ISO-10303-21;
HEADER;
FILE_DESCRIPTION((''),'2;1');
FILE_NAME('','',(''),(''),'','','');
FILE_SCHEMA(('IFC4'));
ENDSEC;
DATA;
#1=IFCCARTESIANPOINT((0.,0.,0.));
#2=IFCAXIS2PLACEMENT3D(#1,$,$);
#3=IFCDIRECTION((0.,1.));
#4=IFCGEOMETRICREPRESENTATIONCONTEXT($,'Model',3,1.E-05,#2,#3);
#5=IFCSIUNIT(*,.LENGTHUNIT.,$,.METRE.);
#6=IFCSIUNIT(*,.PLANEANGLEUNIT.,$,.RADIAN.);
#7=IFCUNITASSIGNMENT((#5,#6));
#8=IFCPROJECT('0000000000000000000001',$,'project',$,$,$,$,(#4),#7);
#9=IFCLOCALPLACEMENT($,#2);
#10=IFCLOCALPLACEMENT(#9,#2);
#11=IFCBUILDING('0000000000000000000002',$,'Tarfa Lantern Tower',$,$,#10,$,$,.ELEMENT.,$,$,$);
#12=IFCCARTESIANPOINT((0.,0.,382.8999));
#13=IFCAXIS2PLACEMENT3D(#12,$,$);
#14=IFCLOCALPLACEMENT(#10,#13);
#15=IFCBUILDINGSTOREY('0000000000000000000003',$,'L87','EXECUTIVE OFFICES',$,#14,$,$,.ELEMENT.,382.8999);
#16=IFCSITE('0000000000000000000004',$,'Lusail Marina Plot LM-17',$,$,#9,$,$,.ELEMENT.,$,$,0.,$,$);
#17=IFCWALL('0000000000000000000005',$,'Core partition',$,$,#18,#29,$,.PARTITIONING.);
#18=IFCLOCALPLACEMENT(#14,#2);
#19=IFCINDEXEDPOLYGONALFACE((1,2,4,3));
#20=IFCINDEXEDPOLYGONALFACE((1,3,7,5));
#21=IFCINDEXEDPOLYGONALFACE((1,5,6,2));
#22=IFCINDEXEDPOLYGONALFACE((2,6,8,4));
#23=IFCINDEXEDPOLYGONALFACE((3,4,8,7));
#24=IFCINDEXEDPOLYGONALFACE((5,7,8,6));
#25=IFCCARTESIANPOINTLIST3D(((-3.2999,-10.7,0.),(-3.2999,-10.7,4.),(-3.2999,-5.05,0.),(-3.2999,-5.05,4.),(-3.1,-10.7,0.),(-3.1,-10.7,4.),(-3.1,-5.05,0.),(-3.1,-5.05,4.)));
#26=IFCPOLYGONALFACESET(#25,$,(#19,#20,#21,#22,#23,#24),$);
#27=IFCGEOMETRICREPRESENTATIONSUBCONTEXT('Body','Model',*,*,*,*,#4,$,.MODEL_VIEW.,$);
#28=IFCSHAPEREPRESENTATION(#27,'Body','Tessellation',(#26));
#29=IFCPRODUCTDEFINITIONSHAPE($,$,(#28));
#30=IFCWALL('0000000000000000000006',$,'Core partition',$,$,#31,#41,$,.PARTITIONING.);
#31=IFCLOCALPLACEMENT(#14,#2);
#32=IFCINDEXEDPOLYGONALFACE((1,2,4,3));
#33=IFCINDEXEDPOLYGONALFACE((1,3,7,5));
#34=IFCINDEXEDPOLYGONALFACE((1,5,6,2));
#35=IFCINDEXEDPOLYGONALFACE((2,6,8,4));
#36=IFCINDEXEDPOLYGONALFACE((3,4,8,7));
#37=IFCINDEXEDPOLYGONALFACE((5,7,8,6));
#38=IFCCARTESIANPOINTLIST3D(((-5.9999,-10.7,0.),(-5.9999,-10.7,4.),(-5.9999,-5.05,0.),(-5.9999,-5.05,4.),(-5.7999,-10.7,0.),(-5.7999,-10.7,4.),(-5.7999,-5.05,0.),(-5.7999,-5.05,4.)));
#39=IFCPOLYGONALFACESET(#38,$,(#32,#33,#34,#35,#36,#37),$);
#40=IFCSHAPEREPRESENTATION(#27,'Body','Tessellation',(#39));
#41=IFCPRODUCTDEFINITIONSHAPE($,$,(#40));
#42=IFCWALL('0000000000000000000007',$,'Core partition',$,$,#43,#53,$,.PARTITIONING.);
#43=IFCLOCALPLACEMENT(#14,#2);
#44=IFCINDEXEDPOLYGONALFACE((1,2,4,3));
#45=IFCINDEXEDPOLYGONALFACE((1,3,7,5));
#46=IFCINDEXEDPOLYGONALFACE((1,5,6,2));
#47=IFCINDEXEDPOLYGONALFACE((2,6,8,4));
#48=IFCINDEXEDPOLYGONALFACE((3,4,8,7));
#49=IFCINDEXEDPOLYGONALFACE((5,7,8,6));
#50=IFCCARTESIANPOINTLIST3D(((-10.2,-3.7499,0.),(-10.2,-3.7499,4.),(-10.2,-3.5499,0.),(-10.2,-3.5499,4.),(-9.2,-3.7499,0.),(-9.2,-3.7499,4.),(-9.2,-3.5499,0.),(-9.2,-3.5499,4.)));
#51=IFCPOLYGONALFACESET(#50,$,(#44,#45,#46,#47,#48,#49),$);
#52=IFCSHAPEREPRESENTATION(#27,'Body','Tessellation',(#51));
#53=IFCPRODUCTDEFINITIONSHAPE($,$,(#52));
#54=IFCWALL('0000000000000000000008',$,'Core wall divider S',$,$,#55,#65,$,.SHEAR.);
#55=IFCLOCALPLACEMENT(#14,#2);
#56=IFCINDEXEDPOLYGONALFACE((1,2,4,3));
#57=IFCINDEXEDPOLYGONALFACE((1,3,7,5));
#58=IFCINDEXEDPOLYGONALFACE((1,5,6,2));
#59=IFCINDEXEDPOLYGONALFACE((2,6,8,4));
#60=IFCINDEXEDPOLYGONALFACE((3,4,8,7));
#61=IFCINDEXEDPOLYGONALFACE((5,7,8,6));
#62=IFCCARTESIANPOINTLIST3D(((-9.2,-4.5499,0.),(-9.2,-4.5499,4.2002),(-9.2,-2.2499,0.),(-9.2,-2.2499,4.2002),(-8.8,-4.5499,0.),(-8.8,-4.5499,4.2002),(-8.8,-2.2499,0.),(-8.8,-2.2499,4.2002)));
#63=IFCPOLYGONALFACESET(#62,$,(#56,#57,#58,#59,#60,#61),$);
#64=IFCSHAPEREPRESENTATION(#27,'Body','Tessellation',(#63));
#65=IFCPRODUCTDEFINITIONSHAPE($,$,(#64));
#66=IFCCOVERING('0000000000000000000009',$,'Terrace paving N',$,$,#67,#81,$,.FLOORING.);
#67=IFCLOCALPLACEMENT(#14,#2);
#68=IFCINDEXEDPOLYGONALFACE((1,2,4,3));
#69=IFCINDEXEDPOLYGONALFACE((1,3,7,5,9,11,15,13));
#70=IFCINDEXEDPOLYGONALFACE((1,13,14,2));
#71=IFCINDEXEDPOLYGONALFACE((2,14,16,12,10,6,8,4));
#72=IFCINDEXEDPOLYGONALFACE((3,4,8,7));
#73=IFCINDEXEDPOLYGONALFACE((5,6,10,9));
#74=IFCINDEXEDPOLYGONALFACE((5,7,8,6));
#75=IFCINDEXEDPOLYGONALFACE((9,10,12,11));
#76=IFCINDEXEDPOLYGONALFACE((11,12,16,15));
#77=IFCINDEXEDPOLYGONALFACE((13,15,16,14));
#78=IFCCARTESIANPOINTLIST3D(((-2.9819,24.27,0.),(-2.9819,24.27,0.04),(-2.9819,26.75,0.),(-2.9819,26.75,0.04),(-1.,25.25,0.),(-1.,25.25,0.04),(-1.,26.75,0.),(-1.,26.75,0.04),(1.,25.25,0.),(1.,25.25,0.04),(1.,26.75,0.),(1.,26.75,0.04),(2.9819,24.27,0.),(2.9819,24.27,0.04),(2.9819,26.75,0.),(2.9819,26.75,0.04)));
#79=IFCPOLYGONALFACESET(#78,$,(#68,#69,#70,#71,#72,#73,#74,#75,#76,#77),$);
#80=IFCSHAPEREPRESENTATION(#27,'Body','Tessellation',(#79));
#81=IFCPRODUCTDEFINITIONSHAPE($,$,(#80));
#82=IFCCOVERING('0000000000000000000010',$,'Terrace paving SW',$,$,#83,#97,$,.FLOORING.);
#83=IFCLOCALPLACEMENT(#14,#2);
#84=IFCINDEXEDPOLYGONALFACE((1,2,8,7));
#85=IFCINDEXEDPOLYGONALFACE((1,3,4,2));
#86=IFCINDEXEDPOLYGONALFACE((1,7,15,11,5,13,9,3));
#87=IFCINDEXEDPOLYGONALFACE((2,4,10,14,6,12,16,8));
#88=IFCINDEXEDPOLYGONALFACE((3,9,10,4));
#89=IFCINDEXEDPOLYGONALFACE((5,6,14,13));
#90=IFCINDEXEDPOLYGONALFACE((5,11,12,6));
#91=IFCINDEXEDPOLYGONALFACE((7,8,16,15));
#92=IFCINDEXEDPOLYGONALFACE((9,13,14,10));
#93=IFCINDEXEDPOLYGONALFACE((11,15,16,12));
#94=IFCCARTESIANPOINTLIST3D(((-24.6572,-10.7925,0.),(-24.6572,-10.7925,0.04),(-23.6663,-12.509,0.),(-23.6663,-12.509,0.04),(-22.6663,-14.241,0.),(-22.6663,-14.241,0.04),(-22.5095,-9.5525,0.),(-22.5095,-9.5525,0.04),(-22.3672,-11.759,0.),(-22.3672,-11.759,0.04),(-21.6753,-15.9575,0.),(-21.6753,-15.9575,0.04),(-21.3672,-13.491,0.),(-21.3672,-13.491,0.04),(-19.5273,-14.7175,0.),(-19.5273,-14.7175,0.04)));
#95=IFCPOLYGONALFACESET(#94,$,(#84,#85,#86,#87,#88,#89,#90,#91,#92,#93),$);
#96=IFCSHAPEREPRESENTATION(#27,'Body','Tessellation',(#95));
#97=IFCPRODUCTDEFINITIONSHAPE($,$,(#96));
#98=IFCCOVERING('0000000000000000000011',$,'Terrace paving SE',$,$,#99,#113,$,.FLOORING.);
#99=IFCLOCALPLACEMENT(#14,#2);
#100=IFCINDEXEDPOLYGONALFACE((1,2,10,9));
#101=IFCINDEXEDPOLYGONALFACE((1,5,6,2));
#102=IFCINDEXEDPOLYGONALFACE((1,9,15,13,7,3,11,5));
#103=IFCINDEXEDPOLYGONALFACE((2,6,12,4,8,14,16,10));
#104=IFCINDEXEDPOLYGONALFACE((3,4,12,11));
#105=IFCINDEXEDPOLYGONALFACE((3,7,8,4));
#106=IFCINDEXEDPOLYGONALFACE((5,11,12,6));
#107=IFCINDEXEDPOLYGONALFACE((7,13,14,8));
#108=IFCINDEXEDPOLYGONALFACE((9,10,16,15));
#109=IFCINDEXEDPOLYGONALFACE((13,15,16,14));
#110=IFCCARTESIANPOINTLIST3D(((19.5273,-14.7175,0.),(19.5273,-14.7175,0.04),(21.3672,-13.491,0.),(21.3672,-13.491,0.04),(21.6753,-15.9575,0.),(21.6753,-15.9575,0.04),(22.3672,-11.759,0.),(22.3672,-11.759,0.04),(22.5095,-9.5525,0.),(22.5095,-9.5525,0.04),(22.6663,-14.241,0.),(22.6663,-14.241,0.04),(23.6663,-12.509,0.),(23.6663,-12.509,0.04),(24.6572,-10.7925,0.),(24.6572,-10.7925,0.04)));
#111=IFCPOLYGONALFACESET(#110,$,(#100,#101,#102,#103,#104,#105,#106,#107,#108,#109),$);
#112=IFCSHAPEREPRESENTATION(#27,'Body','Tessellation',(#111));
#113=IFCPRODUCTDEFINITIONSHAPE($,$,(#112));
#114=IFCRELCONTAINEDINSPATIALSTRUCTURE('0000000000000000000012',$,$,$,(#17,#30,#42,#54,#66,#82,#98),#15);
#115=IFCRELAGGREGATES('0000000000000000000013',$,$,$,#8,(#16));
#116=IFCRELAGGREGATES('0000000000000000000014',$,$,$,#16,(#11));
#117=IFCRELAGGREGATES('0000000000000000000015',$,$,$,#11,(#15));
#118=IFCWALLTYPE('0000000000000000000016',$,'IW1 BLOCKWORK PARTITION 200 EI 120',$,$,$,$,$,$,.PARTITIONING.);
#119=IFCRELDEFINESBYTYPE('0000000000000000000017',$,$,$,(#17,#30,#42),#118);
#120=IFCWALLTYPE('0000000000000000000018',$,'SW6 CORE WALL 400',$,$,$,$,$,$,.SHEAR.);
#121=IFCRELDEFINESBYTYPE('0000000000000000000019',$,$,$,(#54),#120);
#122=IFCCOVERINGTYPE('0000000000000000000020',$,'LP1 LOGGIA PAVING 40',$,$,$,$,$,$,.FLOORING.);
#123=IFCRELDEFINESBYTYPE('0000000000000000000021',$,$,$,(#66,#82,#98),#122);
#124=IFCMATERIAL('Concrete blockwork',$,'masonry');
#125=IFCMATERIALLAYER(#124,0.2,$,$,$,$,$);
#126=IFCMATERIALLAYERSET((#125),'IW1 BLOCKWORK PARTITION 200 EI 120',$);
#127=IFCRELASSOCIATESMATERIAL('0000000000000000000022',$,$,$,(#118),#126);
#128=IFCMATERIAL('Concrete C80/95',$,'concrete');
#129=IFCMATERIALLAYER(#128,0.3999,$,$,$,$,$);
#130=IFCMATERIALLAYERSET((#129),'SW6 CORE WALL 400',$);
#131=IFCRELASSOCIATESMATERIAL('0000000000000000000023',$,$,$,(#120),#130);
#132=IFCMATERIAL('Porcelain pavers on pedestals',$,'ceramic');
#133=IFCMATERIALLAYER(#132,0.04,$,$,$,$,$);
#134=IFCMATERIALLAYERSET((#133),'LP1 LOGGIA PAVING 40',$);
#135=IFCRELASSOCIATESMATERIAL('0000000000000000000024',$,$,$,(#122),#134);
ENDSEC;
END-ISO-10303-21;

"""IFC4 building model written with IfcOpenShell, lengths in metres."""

from ifc_helpers import new_model, si_unit, direction, frame, frame_2d, origin, place, context, subcontext, project, spatial, polyline, rectangle, outline, extrude, material, layer, layer_set, type_object, element, save


model = new_model("IFC4")

# Units and contexts
model_context = context("Model", 3, precision=1e-05, world=origin(), true_north=direction((0.0, 1.0)))
body_context = subcontext(model_context, "Body", "Model", "MODEL_VIEW")
ifc_project = project(units=[si_unit("LENGTHUNIT", "METRE"), si_unit("PLANEANGLEUNIT", "RADIAN")], contexts=[model_context])

# Site, building, storey
site_placement = place(None, origin())
site = spatial("IfcSite", under=ifc_project, at=site_placement, Name="Lusail Marina Plot LM-17", CompositionType="ELEMENT", RefElevation=0.0)
building_placement = place(site_placement, origin())
building = spatial("IfcBuilding", under=site, at=building_placement, Name="Tarfa Lantern Tower", CompositionType="ELEMENT")
storey_placement = place(building_placement, frame((0.0, 0.0, 382.8999)))
storey = spatial("IfcBuildingStorey", under=building, at=storey_placement, Name="L87", Description="EXECUTIVE OFFICES", CompositionType="ELEMENT", Elevation=382.8999)

# Walls
ifc_material_1 = material(Name="Concrete blockwork", Category="masonry")
ifc_layer_1 = layer(ifc_material_1, 0.2)
ifc_layer_set_1 = layer_set([ifc_layer_1], Name="IW1 BLOCKWORK PARTITION 200 EI 120")
wall_type_1 = type_object("IfcWallType", Name="IW1 BLOCKWORK PARTITION 200 EI 120", PredefinedType="PARTITIONING", material=ifc_layer_set_1)
for number, where, z_axis, x_axis, name in (
    (1, (-3.2, -5.05, 0.0), (0.0, 0.0, 1.0), (0.0, -1.0, 0.0), "Core partition"),
    (2, (-5.8999, -5.05, 0.0), (0.0, 0.0, 1.0), (0.0, -1.0, 0.0), "Core partition"),
):
    element("IfcWall", number, at=place(storey_placement, frame(where, z_axis=z_axis, x_axis=x_axis)), inside=storey, type_object=wall_type_1, Name=name, PredefinedType="PARTITIONING", context=body_context, shape_type="SweptSolid", body=[
        extrude(rectangle(XDim=5.6499, YDim=0.2, at=frame_2d((2.825, 0.0))), origin(), (0.0, 0.0, 1.0), 4.0),
    ])
wall_1_placement = place(storey_placement, frame((-9.2, -3.6499, 0.0), z_axis=(0.0, 0.0, 1.0), x_axis=(-1.0, 0.0, 0.0)))
element("IfcWall", 3, at=wall_1_placement, inside=storey, type_object=wall_type_1, Name="Core partition", PredefinedType="PARTITIONING", context=body_context, shape_type="SweptSolid", body=[
    extrude(rectangle(XDim=1.0, YDim=0.2, at=frame_2d((0.5, 0.0))), origin(), (0.0, 0.0, 1.0), 4.0),
])
ifc_material_2 = material(Name="Concrete C80/95", Category="concrete")
ifc_layer_2 = layer(ifc_material_2, 0.3999)
ifc_layer_set_2 = layer_set([ifc_layer_2], Name="SW6 CORE WALL 400")
wall_type_2 = type_object("IfcWallType", Name="SW6 CORE WALL 400", PredefinedType="SHEAR", material=ifc_layer_set_2)
wall_2_placement = place(storey_placement, frame((-9.0, -2.25, 0.0), z_axis=(0.0, 0.0, 1.0), x_axis=(0.0, -1.0, 0.0)))
element("IfcWall", 4, at=wall_2_placement, inside=storey, type_object=wall_type_2, Name="Core wall divider S", PredefinedType="SHEAR", context=body_context, shape_type="SweptSolid", body=[
    extrude(rectangle(XDim=2.3, YDim=0.3999, at=frame_2d((1.1499, 0.0))), origin(), (0.0, 0.0, 1.0), 4.2002),
])

# Coverings
ifc_material_3 = material(Name="Porcelain pavers on pedestals", Category="ceramic")
ifc_layer_3 = layer(ifc_material_3, 0.04)
ifc_layer_set_3 = layer_set([ifc_layer_3], Name="LP1 LOGGIA PAVING 40")
covering_type = type_object("IfcCoveringType", Name="LP1 LOGGIA PAVING 40", PredefinedType="FLOORING", material=ifc_layer_set_3)
covering_1_placement = place(storey_placement, origin())
element("IfcCovering", 5, at=covering_1_placement, inside=storey, type_object=covering_type, Name="Terrace paving N", PredefinedType="FLOORING", context=body_context, shape_type="SweptSolid", body=[
    extrude(outline(polyline([(2.9819, 26.75), (2.9819, 24.27), (-2.9819, 24.27), (-2.9819, 26.75), (-1.0, 26.75), (-1.0, 25.25), (1.0, 25.25), (1.0, 26.75), (2.9819, 26.75)])), origin(), (0.0, 0.0, 1.0), 0.04),
])
covering_2_placement = place(storey_placement, origin())
element("IfcCovering", 6, at=covering_2_placement, inside=storey, type_object=covering_type, Name="Terrace paving SW", PredefinedType="FLOORING", context=body_context, shape_type="SweptSolid", body=[
    extrude(outline(polyline([(-24.6572, -10.7925), (-22.5095, -9.5525), (-19.5273, -14.7175), (-21.6753, -15.9575), (-22.6663, -14.241), (-21.3672, -13.491), (-22.3672, -11.759), (-23.6663, -12.509), (-24.6572, -10.7925)])), origin(), (0.0, 0.0, 1.0), 0.04),
])
covering_3_placement = place(storey_placement, origin())
element("IfcCovering", 7, at=covering_3_placement, inside=storey, type_object=covering_type, Name="Terrace paving SE", PredefinedType="FLOORING", context=body_context, shape_type="SweptSolid", body=[
    extrude(outline(polyline([(21.6753, -15.9575), (19.5273, -14.7175), (22.5095, -9.5525), (24.6572, -10.7925), (23.6663, -12.509), (22.3672, -11.759), (21.3672, -13.491), (22.6663, -14.241), (21.6753, -15.9575)])), origin(), (0.0, 0.0, 1.0), 0.04),
])

save(model, "model.ifc")
